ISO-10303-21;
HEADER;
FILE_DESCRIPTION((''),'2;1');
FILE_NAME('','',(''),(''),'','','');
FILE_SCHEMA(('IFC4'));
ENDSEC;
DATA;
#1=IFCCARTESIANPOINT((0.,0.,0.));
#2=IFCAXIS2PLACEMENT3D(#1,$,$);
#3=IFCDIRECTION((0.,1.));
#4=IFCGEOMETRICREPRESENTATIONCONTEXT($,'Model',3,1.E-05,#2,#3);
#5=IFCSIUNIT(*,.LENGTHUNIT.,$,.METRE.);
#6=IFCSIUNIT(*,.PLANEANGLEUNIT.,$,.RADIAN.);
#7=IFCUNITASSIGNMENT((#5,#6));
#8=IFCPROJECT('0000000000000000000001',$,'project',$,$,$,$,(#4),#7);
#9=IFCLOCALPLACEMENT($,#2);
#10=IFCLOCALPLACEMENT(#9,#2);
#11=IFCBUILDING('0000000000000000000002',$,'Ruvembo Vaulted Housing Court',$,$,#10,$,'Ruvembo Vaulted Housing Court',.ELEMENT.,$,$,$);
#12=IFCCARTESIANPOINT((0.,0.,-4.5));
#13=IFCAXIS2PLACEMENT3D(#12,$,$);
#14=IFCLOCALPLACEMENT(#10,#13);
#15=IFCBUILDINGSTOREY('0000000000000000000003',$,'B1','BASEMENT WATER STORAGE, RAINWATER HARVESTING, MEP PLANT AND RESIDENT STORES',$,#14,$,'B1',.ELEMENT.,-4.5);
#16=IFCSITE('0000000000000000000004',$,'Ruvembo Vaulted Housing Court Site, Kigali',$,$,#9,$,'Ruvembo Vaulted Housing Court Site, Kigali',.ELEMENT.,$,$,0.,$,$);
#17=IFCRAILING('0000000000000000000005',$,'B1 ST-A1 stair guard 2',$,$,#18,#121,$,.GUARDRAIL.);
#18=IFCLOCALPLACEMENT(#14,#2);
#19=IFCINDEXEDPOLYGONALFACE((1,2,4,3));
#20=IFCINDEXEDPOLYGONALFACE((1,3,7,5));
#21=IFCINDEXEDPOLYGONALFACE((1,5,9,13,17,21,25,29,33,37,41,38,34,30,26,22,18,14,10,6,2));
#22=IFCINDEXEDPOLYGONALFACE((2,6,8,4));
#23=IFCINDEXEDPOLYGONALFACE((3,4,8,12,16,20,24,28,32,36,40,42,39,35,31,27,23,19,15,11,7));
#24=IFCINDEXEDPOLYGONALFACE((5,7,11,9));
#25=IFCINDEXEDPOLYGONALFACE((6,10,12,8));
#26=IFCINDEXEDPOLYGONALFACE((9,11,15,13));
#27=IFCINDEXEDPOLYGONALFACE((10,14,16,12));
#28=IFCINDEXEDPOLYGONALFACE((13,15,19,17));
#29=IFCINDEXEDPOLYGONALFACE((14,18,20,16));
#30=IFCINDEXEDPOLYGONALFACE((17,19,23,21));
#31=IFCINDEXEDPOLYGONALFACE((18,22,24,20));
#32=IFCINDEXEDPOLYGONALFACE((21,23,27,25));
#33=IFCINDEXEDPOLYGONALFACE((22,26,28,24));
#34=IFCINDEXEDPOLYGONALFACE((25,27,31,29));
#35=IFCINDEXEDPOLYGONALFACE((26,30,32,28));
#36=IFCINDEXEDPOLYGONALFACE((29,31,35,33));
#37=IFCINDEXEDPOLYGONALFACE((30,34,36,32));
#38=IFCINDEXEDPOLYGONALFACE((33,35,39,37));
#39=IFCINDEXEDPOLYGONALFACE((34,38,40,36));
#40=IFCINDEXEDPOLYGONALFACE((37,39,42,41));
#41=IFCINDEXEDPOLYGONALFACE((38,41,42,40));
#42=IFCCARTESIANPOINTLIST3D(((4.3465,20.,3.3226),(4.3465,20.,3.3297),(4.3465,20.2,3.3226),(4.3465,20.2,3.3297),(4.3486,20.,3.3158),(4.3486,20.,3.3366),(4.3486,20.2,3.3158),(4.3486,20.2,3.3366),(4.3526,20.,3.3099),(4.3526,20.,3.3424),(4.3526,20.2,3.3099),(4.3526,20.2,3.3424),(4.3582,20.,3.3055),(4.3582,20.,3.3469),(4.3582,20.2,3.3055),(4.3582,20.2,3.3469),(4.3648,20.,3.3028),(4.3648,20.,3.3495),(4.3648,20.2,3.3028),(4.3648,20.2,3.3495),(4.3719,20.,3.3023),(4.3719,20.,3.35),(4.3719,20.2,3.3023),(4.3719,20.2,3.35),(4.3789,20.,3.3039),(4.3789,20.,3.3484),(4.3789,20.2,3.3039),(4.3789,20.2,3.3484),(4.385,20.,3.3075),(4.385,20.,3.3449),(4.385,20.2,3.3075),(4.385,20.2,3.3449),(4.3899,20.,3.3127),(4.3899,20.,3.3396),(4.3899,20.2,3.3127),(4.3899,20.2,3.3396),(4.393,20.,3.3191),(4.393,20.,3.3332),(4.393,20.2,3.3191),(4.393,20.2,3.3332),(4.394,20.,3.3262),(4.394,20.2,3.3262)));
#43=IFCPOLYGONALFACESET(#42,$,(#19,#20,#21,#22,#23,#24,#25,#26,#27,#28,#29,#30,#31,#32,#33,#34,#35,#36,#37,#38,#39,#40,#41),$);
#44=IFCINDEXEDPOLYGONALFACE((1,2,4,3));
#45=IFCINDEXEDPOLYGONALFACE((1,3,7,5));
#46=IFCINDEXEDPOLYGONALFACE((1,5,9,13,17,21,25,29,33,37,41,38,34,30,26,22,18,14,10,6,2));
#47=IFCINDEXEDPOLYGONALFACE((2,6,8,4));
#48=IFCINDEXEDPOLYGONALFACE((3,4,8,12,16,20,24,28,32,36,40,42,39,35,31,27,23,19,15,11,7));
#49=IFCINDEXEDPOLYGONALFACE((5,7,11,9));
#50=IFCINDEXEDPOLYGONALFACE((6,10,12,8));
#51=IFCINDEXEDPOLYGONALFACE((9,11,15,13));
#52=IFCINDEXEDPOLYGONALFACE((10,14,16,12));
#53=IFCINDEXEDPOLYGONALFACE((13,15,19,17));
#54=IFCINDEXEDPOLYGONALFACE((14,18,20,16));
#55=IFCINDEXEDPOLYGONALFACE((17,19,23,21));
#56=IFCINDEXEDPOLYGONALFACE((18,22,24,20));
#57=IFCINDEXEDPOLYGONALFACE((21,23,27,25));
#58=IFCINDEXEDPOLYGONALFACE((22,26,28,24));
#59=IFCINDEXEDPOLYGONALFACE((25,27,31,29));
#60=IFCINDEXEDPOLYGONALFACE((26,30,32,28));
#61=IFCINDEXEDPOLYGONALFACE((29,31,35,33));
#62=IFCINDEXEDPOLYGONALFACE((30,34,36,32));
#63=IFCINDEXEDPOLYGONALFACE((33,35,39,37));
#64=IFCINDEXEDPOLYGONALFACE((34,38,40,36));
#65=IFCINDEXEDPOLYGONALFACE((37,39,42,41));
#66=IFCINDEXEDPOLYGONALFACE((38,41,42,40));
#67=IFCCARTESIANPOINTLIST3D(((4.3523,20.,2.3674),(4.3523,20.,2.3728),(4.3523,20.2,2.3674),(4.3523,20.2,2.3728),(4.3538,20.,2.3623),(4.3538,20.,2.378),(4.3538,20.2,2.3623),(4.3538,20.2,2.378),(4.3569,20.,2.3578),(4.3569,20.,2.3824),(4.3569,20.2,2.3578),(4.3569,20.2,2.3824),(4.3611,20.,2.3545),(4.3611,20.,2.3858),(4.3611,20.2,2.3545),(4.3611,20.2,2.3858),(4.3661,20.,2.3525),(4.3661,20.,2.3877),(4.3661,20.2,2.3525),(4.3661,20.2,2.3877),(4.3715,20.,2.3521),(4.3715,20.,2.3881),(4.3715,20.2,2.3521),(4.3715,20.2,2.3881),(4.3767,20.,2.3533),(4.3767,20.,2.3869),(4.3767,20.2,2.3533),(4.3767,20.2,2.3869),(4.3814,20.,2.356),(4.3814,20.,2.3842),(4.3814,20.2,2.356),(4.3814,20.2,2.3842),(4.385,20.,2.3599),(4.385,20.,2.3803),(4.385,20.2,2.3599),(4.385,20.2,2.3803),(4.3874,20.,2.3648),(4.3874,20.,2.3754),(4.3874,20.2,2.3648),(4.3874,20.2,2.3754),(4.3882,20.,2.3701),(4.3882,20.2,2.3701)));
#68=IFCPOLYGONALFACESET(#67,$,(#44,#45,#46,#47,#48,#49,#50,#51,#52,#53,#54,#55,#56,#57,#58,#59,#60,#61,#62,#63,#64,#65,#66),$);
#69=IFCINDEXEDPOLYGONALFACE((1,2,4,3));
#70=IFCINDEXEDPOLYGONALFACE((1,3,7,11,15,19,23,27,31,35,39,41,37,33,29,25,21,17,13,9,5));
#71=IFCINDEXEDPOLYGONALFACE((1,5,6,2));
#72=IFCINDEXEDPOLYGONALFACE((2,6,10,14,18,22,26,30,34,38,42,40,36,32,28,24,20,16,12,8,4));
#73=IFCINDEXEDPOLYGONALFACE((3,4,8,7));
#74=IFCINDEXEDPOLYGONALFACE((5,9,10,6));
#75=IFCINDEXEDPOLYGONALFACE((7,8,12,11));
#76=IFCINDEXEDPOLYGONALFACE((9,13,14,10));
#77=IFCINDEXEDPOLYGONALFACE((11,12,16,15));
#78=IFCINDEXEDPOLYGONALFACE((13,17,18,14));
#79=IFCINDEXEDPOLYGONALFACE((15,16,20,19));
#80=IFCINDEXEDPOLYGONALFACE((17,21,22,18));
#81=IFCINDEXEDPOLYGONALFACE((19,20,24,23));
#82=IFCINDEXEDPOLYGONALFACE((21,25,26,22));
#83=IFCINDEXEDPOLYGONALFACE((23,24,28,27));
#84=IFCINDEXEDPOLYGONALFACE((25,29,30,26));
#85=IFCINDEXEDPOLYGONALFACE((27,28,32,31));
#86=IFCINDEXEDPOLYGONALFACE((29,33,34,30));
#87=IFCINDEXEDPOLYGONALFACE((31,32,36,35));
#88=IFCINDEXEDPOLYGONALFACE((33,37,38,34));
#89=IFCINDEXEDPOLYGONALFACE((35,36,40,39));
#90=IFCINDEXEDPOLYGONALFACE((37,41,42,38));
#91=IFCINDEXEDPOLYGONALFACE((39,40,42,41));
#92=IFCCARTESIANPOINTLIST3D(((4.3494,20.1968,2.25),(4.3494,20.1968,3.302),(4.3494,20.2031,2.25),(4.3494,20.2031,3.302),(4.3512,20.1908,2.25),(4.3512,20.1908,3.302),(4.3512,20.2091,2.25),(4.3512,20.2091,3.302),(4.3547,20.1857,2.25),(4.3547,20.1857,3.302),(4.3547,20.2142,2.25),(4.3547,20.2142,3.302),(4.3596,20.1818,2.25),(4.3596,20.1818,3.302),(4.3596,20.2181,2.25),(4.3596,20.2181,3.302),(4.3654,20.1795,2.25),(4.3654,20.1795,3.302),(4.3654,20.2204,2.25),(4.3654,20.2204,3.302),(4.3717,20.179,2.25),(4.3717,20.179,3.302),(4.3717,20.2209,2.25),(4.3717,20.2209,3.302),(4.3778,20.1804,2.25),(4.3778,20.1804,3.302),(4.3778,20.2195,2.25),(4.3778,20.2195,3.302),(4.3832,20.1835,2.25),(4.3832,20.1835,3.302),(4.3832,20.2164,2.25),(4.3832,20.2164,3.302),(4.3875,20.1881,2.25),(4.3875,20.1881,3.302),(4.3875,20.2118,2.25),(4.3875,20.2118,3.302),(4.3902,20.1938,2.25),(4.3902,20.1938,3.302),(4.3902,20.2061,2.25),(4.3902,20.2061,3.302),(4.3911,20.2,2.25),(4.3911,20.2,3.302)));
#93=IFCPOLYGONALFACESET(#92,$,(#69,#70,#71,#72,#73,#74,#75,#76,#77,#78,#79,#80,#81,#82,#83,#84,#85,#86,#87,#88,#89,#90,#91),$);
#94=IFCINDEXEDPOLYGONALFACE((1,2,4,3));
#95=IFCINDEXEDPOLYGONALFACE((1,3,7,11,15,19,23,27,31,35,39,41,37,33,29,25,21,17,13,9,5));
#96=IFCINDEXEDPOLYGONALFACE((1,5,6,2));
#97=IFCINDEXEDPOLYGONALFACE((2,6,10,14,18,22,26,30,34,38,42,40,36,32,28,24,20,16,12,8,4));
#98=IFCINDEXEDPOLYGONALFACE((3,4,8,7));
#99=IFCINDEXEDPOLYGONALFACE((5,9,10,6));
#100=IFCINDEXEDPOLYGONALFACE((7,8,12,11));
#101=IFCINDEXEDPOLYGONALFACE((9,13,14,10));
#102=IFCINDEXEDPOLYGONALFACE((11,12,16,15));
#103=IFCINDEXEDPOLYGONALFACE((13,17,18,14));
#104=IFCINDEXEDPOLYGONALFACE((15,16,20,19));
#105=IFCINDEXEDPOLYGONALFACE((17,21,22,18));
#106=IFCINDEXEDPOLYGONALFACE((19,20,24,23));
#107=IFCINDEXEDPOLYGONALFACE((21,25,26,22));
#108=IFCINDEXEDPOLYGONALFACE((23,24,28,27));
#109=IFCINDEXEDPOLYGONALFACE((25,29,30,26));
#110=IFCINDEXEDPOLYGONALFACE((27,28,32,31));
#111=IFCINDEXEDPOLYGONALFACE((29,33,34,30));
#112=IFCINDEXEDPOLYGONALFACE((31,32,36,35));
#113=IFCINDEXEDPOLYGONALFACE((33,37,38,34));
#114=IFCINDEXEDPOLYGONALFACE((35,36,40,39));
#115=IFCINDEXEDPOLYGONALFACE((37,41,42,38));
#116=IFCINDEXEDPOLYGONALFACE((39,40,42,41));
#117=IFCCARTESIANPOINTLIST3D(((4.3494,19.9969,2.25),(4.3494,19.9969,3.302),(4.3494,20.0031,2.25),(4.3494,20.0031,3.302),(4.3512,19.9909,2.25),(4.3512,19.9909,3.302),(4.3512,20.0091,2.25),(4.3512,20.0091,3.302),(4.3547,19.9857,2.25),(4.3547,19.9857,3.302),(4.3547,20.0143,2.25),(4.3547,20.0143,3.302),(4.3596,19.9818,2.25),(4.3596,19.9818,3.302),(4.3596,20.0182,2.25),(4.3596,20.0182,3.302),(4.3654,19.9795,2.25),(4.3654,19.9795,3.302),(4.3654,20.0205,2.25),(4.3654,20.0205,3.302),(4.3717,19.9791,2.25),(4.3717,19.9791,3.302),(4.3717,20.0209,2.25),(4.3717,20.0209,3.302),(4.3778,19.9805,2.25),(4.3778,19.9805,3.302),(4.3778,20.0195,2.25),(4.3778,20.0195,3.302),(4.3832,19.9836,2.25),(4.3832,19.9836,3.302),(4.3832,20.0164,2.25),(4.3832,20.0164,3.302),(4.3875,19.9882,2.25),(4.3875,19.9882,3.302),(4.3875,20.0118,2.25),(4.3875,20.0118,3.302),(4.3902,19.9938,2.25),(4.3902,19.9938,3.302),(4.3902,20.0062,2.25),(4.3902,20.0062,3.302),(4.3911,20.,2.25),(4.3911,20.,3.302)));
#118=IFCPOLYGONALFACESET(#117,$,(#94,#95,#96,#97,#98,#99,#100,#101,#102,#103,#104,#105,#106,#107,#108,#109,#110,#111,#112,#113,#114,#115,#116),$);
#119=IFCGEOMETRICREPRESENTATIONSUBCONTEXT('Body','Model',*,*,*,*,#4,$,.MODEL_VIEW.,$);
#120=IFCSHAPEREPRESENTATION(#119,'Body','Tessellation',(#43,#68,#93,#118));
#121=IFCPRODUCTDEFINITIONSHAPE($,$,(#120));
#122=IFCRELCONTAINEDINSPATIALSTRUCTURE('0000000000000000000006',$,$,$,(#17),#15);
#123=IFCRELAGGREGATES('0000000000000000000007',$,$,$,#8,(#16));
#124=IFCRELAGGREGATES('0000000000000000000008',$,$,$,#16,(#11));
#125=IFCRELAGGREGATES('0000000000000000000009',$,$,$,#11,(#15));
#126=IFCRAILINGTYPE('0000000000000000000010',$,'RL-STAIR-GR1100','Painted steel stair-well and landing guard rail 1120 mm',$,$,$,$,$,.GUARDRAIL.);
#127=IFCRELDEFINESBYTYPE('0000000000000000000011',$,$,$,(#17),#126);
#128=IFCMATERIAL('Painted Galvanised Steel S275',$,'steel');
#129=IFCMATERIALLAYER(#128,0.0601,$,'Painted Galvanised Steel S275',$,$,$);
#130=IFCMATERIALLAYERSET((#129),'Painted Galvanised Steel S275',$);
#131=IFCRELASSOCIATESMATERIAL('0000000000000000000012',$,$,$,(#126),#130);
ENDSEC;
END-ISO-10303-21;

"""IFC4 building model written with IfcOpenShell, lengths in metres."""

from ifc_helpers import new_model, si_unit, direction, frame, origin, origin_2d, place, context, subcontext, project, spatial, circle, extrude, material, layer, layer_set, type_object, element, save


model = new_model("IFC4")

# Units and contexts
model_context = context("Model", 3, precision=1e-05, world=origin(), true_north=direction((0.0, 1.0)))
body_context = subcontext(model_context, "Body", "Model", "MODEL_VIEW")
ifc_project = project(units=[si_unit("LENGTHUNIT", "METRE"), si_unit("PLANEANGLEUNIT", "RADIAN")], contexts=[model_context])

# Site, building, storey
site_placement = place(None, origin())
site = spatial("IfcSite", under=ifc_project, at=site_placement, Name="Ruvembo Vaulted Housing Court Site, Kigali", LongName="Ruvembo Vaulted Housing Court Site, Kigali", CompositionType="ELEMENT", RefElevation=0.0)
building_placement = place(site_placement, origin())
building = spatial("IfcBuilding", under=site, at=building_placement, Name="Ruvembo Vaulted Housing Court", LongName="Ruvembo Vaulted Housing Court", CompositionType="ELEMENT")
storey_placement = place(building_placement, frame((0.0, 0.0, -4.5)))
storey = spatial("IfcBuildingStorey", under=building, at=storey_placement, Name="B1", Description="BASEMENT WATER STORAGE, RAINWATER HARVESTING, MEP PLANT AND RESIDENT STORES", LongName="B1", CompositionType="ELEMENT", Elevation=-4.5)

# Railing
ifc_material_1 = material(Name="Painted Galvanised Steel S275", Category="steel")
ifc_layer_1 = layer(ifc_material_1, 0.0601, Name="Painted Galvanised Steel S275")
ifc_layer_set_1 = layer_set([ifc_layer_1], Name="Painted Galvanised Steel S275")
railing_type_1 = type_object("IfcRailingType", Name="RL-STAIR-GR1100", Description="Painted steel stair-well and landing guard rail 1120 mm", PredefinedType="GUARDRAIL", material=ifc_layer_set_1)
railing_1_placement = place(storey_placement, frame((4.3701, 20.2, 2.25)))
element("IfcRailing", 1, at=railing_1_placement, inside=storey, type_object=railing_type_1, Name="B1 ST-A1 stair guard 2", PredefinedType="GUARDRAIL", context=body_context, shape_type="SweptSolid", body=[
    extrude(circle(Radius=0.0239, at=origin_2d()), frame((0.0, 0.0, 1.0762), z_axis=(0.0, -1.0, 0.0), x_axis=(1.0, 0.0, 0.0)), (0.0, 0.0, 1.0), 0.2),
    extrude(circle(Radius=0.0181, at=origin_2d()), frame((0.0, 0.0, 0.1201), z_axis=(0.0, -1.0, 0.0), x_axis=(1.0, 0.0, 0.0)), (0.0, 0.0, 1.0), 0.2),
    extrude(circle(Radius=0.021, at=origin_2d()), origin(), (0.0, 0.0, 1.0), 1.052),
    extrude(circle(Radius=0.021, at=origin_2d()), frame((0.0, -0.2, 0.0)), (0.0, 0.0, 1.0), 1.052),
])

save(model, "model.ifc")
